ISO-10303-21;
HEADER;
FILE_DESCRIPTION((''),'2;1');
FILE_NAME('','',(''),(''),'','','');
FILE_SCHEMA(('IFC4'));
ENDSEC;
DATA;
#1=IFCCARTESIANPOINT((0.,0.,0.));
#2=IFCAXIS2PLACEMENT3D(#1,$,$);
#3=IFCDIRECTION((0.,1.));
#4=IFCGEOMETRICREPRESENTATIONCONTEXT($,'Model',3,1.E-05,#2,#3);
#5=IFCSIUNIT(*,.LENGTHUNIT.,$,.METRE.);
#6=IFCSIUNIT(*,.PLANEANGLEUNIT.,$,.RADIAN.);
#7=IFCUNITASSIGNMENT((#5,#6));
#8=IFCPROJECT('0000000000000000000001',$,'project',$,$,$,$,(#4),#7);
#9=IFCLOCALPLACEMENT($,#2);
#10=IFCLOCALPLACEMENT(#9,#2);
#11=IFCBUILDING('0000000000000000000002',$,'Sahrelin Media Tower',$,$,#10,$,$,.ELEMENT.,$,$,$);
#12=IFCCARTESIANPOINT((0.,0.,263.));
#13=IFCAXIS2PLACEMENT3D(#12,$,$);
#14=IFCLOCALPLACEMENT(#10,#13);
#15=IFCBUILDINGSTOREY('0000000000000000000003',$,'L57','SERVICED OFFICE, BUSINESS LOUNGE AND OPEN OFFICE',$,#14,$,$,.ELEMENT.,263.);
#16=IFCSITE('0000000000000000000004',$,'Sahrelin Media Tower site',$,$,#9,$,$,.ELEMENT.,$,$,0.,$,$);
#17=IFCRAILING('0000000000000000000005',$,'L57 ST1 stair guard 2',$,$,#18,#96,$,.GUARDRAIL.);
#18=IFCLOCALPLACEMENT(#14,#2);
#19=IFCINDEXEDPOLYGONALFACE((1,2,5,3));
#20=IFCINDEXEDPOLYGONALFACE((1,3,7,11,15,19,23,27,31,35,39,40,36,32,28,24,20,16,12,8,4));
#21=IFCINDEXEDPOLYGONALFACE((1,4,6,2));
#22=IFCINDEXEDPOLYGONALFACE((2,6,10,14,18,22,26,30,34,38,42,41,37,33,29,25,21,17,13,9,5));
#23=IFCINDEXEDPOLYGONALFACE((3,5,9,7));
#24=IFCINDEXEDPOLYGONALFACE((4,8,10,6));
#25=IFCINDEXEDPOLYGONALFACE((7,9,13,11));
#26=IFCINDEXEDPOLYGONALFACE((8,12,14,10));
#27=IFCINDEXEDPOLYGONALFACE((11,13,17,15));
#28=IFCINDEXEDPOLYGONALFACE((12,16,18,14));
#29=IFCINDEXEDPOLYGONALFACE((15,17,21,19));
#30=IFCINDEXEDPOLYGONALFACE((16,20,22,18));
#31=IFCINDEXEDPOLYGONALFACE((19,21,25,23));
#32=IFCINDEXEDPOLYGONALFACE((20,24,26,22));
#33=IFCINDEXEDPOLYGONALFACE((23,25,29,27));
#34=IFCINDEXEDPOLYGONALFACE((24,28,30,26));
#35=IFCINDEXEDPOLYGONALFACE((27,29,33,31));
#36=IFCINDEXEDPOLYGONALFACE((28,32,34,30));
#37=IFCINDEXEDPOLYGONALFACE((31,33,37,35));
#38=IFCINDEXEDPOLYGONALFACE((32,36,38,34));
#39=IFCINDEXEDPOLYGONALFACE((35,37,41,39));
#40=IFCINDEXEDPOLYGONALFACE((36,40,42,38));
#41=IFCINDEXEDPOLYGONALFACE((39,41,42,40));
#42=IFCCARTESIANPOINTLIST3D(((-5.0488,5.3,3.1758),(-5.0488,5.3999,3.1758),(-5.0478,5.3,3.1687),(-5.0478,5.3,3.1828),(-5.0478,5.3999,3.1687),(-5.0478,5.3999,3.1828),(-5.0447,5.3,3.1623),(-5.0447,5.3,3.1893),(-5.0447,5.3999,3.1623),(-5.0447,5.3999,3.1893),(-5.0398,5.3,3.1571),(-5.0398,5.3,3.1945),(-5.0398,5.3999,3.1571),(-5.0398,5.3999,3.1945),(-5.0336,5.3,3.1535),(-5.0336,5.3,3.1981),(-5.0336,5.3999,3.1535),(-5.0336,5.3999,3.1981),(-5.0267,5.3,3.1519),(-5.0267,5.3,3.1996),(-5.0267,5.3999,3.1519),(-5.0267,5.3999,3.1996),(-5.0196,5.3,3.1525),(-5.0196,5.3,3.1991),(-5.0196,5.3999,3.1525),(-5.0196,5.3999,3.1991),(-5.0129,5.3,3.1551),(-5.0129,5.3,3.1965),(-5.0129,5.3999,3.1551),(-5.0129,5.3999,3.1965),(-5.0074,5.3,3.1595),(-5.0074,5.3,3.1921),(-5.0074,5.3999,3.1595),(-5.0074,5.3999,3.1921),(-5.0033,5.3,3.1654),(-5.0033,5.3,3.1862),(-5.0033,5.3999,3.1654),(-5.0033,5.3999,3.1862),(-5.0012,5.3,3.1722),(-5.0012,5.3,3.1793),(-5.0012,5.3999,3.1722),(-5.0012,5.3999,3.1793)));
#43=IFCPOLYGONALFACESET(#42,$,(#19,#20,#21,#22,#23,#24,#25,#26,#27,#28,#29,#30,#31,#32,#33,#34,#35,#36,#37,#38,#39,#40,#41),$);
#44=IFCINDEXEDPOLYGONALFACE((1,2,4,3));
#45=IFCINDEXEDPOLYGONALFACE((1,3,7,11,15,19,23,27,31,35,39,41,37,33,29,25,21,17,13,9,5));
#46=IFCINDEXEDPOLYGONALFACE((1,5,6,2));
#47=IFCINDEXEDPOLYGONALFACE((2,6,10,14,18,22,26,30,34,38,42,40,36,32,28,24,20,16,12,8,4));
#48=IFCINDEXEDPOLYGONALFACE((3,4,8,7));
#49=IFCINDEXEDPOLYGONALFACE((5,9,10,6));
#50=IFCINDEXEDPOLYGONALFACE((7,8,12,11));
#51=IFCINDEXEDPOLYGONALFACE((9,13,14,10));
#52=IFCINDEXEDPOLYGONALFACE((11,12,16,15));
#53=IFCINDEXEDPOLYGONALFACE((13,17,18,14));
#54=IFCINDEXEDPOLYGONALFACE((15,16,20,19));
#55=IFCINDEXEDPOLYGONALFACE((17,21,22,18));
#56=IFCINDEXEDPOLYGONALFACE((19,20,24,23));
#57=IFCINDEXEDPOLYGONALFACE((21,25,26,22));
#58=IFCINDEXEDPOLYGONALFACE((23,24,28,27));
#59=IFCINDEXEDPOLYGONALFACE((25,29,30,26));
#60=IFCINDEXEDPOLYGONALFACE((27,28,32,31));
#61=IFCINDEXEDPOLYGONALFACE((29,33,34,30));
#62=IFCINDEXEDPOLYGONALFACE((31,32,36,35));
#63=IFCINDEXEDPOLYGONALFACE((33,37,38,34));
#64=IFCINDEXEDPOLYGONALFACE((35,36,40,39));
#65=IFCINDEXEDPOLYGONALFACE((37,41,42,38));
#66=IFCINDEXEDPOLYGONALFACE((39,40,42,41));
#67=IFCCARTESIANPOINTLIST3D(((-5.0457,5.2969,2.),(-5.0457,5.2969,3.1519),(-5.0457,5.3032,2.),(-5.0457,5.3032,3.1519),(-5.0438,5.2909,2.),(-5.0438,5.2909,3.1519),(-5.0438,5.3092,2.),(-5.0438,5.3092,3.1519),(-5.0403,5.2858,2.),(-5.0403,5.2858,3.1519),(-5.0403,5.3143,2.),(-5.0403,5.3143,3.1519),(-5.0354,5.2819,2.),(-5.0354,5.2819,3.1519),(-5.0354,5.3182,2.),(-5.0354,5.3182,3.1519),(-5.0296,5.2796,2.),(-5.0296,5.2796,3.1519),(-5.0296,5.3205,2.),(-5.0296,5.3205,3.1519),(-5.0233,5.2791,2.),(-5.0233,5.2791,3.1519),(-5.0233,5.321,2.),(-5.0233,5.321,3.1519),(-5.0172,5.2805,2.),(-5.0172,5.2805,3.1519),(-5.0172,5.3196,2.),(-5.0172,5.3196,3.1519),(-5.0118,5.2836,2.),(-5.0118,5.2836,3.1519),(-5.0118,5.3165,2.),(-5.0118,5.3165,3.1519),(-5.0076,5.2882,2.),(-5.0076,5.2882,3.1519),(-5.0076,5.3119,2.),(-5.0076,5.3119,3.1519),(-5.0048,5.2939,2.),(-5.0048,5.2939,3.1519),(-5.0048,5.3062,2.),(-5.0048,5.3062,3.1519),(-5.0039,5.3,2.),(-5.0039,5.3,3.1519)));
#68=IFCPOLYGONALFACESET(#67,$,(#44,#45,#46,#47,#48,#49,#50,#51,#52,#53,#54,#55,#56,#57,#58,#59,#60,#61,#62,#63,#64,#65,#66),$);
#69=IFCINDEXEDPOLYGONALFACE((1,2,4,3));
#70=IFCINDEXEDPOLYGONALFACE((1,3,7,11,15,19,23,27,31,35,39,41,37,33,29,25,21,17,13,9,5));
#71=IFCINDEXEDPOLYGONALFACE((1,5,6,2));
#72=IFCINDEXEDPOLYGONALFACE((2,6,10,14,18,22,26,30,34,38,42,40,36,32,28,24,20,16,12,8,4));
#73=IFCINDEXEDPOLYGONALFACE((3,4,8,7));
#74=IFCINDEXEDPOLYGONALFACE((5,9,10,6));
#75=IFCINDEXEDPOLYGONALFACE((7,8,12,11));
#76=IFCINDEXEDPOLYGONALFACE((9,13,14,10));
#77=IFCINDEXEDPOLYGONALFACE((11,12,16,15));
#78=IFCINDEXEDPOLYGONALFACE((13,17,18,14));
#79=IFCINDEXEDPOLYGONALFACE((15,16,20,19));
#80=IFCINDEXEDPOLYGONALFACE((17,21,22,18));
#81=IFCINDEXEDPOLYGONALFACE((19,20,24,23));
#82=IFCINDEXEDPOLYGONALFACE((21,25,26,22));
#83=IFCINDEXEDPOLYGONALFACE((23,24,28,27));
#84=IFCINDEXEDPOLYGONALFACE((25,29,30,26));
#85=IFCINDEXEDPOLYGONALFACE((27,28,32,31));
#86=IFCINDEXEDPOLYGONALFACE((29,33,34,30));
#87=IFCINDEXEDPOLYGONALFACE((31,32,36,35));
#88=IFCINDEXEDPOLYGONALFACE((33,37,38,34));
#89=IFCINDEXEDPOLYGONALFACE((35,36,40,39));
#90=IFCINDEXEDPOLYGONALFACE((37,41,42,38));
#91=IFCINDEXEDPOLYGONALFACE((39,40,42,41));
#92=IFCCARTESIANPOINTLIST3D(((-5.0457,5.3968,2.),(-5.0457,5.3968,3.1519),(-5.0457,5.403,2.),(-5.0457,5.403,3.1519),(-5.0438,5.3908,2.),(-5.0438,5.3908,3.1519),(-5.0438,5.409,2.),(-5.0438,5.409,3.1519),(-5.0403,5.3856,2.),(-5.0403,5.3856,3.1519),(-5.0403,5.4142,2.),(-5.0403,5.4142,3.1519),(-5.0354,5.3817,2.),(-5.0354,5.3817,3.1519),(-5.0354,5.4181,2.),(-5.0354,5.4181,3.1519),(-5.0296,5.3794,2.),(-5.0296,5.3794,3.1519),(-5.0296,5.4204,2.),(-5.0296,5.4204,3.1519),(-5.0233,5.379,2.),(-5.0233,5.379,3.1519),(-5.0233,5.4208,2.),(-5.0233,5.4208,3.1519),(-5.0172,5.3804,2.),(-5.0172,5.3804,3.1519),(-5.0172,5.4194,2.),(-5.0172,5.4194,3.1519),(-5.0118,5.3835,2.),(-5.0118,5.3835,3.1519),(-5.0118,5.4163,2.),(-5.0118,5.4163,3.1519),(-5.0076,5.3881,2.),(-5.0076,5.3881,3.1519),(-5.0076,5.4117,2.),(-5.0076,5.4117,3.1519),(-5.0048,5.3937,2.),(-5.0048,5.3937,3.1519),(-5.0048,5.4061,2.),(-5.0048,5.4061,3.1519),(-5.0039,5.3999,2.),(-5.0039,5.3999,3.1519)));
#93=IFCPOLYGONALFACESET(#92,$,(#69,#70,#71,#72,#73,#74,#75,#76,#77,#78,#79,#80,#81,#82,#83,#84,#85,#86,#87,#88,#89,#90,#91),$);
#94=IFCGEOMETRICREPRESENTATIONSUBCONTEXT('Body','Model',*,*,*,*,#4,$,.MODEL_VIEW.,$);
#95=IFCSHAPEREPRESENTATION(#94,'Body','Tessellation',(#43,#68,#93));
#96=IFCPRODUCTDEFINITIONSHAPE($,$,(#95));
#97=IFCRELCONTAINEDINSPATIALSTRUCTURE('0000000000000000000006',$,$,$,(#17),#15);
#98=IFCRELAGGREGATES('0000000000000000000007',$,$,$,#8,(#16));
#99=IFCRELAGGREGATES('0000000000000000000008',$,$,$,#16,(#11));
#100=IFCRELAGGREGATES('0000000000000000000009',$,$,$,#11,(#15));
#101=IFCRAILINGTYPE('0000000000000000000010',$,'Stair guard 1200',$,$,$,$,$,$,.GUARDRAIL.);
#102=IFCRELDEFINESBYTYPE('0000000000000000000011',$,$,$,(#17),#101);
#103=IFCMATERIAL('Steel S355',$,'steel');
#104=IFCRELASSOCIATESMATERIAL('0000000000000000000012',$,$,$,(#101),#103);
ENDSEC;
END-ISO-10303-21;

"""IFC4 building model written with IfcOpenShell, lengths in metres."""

from ifc_helpers import new_model, si_unit, direction, frame, origin, origin_2d, place, context, subcontext, project, spatial, circle, extrude, material, type_object, element, save


model = new_model("IFC4")

# Units and contexts
model_context = context("Model", 3, precision=1e-05, world=origin(), true_north=direction((0.0, 1.0)))
body_context = subcontext(model_context, "Body", "Model", "MODEL_VIEW")
ifc_project = project(units=[si_unit("LENGTHUNIT", "METRE"), si_unit("PLANEANGLEUNIT", "RADIAN")], contexts=[model_context])

# Site, building, storey
site_placement = place(None, origin())
site = spatial("IfcSite", under=ifc_project, at=site_placement, Name="Sahrelin Media Tower site", CompositionType="ELEMENT", RefElevation=0.0)
building_placement = place(site_placement, origin())
building = spatial("IfcBuilding", under=site, at=building_placement, Name="Sahrelin Media Tower", CompositionType="ELEMENT")
storey_placement = place(building_placement, frame((0.0, 0.0, 263.0)))
storey = spatial("IfcBuildingStorey", under=building, at=storey_placement, Name="L57", Description="SERVICED OFFICE, BUSINESS LOUNGE AND OPEN OFFICE", CompositionType="ELEMENT", Elevation=263.0)

# Shared definitions
ifc_material_1 = material(Name="Steel S355", Category="steel")

# Railing
railing_type_1 = type_object("IfcRailingType", Name="Stair guard 1200", PredefinedType="GUARDRAIL", material=ifc_material_1)
railing_1_placement = place(storey_placement, frame((-5.0249, 5.3, 2.0)))
element("IfcRailing", 1, at=railing_1_placement, inside=storey, type_object=railing_type_1, Name="L57 ST1 stair guard 2", PredefinedType="GUARDRAIL", context=body_context, shape_type="SweptSolid", body=[
    extrude(circle(Radius=0.0239, at=origin_2d()), frame((0.0, 0.0, 1.1758), z_axis=(0.0, 1.0, 0.0), x_axis=(-1.0, 0.0, 0.0)), (0.0, 0.0, 1.0), 0.0999),
    extrude(circle(Radius=0.021, at=origin_2d()), origin(), (0.0, 0.0, 1.0), 1.1519),
    extrude(circle(Radius=0.021, at=origin_2d()), frame((0.0, 0.0999, 0.0)), (0.0, 0.0, 1.0), 1.1519),
])

save(model, "model.ifc")
